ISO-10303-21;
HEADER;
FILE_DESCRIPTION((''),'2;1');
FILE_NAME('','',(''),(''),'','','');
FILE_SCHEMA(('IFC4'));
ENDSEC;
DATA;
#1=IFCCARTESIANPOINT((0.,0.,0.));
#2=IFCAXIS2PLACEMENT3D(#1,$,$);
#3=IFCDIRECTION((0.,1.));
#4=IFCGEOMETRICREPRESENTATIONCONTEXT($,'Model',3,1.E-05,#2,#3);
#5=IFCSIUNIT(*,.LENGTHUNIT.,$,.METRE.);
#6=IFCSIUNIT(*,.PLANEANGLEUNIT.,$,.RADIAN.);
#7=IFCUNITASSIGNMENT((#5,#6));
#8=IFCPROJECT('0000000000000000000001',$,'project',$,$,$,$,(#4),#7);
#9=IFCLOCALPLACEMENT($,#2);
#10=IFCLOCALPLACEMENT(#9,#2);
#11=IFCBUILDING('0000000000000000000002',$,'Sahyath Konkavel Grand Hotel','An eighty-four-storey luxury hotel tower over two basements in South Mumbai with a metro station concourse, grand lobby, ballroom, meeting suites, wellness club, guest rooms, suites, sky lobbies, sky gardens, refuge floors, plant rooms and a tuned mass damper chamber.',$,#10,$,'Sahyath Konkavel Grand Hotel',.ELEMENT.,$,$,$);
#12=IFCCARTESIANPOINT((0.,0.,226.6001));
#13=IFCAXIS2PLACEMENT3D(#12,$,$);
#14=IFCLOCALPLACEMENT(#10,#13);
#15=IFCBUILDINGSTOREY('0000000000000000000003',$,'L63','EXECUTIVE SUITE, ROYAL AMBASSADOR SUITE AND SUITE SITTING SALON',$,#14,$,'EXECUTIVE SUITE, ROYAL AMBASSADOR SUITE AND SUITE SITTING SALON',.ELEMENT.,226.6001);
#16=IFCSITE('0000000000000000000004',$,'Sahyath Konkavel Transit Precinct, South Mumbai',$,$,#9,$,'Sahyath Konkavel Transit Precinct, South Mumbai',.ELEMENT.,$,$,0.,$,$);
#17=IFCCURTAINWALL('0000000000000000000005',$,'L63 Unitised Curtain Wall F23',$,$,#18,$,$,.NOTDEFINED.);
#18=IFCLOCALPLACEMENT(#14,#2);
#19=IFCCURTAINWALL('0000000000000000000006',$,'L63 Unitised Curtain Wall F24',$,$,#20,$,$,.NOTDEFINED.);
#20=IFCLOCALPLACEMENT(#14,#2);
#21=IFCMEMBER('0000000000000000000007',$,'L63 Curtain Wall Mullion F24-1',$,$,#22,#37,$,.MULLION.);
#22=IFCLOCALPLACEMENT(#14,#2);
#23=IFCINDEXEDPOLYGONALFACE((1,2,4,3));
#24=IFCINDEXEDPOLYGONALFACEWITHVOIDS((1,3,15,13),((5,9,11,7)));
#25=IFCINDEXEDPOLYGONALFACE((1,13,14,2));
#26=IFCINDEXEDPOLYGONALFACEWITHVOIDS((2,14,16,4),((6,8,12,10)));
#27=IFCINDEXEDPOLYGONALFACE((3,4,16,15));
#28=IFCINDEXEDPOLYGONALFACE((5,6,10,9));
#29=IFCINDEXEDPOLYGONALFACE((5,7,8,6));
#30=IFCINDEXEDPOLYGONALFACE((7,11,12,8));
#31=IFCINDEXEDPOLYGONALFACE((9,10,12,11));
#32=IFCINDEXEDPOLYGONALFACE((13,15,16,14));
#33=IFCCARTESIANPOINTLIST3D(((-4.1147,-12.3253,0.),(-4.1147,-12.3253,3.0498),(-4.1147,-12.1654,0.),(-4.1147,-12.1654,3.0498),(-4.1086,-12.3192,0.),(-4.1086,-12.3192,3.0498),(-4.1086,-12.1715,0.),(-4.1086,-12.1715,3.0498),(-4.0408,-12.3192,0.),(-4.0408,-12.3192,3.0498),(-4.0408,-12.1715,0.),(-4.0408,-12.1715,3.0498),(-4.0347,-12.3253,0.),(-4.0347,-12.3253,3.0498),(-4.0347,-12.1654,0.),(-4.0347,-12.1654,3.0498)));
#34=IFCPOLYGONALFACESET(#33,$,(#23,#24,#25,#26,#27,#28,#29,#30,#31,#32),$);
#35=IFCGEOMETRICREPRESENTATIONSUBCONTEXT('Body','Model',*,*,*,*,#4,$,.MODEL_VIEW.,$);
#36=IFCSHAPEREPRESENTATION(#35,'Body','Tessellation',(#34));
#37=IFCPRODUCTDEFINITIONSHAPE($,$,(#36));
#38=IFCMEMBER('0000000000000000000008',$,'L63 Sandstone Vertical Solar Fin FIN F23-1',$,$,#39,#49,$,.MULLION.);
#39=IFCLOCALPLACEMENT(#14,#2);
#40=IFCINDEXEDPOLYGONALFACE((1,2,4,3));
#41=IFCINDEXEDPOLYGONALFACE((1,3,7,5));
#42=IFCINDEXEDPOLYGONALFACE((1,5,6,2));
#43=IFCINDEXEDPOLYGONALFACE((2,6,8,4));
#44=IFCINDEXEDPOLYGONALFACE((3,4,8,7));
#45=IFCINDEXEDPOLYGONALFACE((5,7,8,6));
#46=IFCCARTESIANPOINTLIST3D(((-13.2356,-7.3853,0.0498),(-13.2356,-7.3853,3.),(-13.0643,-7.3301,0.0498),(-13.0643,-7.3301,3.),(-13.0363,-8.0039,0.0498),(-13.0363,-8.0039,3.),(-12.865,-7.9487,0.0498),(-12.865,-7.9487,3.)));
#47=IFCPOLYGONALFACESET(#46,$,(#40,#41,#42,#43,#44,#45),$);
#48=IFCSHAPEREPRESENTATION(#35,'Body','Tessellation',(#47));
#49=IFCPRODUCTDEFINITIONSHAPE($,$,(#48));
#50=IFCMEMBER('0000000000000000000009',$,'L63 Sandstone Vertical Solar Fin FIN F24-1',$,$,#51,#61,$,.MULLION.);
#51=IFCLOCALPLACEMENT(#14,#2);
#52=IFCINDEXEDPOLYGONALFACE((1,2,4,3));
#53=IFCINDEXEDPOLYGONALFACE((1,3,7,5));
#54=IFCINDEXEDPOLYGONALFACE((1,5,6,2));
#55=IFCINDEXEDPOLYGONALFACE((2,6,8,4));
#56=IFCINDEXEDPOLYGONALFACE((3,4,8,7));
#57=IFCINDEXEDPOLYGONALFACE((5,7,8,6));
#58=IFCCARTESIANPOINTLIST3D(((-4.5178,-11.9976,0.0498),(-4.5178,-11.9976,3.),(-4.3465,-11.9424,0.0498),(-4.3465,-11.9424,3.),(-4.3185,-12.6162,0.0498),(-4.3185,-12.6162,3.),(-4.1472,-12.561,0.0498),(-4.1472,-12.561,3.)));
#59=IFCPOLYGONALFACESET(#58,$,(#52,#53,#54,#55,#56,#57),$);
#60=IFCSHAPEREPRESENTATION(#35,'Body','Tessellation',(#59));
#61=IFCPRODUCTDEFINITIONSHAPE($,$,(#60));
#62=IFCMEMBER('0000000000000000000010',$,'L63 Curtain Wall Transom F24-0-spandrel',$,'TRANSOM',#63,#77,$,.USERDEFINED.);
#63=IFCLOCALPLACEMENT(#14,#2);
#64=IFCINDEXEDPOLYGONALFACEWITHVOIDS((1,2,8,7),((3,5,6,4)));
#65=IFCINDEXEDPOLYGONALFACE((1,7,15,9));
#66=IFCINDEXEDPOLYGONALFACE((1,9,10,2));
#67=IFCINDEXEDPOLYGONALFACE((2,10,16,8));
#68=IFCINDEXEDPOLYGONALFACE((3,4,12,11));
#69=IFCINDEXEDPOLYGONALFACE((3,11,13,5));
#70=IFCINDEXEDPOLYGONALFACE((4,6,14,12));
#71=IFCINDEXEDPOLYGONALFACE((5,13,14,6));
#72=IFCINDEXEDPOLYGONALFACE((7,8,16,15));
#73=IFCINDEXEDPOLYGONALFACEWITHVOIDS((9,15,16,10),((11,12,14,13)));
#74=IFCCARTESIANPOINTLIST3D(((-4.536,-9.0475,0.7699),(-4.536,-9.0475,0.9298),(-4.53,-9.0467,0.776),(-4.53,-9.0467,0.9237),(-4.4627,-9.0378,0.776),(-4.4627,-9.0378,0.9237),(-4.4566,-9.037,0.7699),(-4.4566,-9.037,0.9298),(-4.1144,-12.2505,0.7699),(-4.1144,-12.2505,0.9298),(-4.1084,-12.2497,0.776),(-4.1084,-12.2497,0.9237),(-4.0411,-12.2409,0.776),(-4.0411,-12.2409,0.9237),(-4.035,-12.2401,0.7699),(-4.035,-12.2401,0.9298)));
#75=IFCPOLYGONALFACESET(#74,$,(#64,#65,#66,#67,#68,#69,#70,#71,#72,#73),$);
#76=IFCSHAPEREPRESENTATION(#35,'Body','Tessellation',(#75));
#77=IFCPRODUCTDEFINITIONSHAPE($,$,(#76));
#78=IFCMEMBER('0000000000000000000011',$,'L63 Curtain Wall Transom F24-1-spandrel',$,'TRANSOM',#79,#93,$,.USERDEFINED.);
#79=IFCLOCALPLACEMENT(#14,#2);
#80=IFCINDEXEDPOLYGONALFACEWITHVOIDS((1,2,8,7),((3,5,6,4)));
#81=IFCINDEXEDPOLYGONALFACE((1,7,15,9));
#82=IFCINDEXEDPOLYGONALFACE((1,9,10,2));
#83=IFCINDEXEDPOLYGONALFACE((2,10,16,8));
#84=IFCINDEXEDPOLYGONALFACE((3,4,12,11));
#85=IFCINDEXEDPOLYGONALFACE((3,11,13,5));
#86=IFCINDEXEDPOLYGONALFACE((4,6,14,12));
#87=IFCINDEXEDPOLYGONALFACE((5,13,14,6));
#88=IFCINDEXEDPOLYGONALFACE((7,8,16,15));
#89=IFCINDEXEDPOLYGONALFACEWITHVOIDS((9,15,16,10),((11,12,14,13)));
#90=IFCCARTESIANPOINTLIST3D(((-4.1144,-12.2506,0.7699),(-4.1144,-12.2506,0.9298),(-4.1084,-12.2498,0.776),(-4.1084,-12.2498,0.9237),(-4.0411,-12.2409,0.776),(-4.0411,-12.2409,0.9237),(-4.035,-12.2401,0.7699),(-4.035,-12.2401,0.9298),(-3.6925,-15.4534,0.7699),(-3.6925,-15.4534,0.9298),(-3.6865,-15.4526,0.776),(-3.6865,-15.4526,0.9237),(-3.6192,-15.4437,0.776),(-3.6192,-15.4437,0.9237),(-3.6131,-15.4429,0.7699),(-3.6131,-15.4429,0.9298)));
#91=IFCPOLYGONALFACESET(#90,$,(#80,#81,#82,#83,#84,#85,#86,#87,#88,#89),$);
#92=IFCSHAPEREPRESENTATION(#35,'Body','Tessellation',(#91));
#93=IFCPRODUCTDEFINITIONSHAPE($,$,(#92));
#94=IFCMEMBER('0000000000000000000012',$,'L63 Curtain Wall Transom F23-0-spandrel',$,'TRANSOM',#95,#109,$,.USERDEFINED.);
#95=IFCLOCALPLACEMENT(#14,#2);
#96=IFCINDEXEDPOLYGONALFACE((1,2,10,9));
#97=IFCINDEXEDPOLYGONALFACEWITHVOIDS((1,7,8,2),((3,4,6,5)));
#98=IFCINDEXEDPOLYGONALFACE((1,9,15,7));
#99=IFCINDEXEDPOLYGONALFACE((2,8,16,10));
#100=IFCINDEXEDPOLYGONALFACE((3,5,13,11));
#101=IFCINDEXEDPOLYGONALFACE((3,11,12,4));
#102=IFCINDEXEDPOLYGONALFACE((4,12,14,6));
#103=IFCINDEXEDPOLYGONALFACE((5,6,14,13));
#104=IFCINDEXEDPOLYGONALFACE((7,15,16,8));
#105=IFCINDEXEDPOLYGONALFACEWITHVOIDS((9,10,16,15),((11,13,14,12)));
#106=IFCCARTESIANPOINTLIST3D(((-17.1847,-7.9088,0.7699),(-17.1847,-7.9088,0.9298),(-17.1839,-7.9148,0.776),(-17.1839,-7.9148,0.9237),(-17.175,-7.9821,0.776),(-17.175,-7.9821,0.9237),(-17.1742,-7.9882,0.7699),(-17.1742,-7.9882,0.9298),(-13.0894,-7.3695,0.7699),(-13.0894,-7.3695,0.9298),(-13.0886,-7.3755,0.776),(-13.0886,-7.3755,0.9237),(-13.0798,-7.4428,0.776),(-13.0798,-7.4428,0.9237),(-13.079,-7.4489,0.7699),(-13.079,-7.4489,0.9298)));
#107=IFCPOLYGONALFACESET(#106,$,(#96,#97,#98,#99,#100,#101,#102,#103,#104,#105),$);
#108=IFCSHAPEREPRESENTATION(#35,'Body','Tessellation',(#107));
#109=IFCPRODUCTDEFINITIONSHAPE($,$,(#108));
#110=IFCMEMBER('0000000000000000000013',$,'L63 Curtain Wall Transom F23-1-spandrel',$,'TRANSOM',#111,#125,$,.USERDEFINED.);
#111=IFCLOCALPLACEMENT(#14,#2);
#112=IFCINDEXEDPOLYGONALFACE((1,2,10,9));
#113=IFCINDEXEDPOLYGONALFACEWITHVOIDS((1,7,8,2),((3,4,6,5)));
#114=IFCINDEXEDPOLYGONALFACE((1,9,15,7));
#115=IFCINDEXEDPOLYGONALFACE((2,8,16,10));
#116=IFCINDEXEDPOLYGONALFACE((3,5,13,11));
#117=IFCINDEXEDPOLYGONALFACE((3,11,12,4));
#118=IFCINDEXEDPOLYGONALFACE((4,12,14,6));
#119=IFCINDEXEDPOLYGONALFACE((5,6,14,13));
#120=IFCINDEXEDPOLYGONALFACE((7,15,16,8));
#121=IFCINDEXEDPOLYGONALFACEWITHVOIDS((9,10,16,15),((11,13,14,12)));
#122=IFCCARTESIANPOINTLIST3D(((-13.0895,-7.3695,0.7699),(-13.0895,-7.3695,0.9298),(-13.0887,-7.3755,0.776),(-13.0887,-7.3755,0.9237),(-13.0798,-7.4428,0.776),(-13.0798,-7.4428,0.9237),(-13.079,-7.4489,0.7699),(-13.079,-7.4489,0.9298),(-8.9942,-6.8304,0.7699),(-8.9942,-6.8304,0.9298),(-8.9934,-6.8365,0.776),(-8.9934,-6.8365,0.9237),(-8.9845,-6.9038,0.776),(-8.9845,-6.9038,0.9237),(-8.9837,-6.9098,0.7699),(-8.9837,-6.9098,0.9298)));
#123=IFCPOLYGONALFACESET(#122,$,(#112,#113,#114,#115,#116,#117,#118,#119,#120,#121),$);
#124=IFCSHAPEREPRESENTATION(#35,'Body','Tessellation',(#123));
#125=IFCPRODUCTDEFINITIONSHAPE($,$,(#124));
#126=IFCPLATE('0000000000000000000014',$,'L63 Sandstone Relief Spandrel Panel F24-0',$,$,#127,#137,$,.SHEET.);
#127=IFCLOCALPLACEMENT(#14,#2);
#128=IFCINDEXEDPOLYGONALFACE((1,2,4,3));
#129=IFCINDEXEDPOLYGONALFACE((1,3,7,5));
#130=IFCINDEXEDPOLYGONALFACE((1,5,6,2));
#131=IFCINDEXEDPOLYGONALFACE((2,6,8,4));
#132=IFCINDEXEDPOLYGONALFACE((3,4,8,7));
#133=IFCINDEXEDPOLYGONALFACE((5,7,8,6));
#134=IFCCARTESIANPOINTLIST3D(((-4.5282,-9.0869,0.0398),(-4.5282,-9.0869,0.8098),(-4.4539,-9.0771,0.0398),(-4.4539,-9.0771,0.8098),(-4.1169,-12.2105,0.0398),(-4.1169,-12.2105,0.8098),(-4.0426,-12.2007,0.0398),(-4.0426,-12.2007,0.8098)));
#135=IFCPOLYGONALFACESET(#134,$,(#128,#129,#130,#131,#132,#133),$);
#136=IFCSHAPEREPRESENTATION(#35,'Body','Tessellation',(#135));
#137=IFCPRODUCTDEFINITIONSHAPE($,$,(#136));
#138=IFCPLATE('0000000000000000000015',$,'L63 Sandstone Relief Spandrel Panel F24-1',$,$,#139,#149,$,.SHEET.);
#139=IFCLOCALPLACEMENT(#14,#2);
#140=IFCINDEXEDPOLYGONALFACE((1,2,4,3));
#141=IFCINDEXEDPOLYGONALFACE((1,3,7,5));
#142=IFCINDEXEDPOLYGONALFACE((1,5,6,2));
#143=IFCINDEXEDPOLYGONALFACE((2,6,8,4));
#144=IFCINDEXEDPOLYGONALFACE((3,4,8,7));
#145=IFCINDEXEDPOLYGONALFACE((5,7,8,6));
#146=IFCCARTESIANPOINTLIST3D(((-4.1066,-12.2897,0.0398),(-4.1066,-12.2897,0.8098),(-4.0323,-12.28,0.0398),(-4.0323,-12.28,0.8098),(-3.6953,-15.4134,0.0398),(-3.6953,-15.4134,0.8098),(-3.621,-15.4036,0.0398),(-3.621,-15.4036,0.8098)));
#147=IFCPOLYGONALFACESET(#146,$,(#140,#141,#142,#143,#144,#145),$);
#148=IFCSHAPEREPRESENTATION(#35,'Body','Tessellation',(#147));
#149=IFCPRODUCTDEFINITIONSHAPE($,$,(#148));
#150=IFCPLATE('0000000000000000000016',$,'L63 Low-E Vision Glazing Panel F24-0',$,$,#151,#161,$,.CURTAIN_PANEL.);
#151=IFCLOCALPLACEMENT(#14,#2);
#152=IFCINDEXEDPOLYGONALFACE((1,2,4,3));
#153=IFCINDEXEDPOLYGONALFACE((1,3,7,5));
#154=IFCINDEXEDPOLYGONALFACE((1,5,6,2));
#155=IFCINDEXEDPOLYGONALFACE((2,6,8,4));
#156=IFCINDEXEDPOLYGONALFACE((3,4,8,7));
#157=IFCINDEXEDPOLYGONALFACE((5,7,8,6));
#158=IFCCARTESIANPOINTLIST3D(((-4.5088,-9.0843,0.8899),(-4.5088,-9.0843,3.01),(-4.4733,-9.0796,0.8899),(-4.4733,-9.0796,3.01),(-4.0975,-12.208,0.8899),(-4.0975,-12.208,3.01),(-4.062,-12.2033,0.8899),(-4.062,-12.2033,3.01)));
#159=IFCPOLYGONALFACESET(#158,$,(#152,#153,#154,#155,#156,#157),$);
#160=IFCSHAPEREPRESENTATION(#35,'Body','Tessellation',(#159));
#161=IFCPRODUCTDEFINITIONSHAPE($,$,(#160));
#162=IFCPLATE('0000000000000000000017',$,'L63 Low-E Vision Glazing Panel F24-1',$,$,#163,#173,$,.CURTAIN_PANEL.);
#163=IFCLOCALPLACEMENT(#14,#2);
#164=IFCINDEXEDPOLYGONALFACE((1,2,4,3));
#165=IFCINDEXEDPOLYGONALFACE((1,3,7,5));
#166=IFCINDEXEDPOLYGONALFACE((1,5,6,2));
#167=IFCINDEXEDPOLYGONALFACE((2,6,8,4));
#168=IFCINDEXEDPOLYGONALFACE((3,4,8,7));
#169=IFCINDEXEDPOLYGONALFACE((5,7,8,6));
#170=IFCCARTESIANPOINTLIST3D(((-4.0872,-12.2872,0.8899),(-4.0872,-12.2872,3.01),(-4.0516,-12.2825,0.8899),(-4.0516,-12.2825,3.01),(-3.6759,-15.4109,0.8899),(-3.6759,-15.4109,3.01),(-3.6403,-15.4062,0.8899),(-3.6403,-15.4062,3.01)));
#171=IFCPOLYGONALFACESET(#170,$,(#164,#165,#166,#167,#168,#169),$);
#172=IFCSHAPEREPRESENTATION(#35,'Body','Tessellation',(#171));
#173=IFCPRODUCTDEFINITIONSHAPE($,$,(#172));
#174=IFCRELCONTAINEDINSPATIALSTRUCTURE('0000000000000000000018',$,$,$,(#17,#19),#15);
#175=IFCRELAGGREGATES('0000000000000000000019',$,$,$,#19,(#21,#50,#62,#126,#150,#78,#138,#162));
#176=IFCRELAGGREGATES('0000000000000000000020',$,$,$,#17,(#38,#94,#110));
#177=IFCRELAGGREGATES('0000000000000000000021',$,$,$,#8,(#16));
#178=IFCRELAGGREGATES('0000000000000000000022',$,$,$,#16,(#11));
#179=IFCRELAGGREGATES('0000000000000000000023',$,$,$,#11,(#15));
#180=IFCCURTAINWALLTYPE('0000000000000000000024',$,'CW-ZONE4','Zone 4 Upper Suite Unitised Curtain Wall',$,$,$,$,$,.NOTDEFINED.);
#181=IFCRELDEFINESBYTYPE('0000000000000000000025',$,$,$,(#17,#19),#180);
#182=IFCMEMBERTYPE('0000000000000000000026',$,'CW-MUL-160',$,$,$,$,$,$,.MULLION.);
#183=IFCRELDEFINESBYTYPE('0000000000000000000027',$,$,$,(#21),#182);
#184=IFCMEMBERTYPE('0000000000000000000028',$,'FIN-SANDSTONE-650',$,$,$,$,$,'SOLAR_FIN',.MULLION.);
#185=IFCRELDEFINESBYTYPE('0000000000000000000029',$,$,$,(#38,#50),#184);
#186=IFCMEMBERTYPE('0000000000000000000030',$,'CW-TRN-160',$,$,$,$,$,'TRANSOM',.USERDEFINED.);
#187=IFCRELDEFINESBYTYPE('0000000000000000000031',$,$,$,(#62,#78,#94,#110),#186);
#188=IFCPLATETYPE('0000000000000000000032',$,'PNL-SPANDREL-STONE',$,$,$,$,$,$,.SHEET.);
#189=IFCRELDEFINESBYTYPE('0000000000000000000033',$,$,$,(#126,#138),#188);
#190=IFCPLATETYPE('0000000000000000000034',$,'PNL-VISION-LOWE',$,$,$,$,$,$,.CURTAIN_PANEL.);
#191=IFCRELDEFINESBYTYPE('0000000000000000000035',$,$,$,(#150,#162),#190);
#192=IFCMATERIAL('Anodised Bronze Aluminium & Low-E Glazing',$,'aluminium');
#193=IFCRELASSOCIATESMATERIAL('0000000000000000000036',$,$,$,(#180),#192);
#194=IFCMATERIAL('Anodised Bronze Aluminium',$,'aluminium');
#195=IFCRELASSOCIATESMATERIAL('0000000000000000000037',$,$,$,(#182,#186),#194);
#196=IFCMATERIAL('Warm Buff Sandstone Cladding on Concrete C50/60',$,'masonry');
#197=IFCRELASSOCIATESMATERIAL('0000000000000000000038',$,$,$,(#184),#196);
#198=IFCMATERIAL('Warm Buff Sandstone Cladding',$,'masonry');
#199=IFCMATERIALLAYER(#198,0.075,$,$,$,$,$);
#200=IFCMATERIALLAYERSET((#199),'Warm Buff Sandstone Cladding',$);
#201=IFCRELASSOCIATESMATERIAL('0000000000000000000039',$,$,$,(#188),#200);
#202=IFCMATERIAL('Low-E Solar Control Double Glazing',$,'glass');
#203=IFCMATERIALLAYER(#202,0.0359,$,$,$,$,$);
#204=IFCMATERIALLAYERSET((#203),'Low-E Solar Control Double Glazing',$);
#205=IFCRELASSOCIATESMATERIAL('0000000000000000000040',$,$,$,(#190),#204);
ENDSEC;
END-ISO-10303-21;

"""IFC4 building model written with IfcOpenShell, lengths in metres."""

from ifc_helpers import new_model, si_unit, direction, frame, origin, origin_2d, place, context, subcontext, project, spatial, rectangle, hollow_rectangle, extrude, source, transform, mapped, material, layer, layer_set, material_profile, profile_set, type_object, element, aggregate, save


model = new_model("IFC4")

# Units and contexts
model_context = context("Model", 3, precision=1e-05, world=origin(), true_north=direction((0.0, 1.0)))
body_context = subcontext(model_context, "Body", "Model", "MODEL_VIEW")
ifc_project = project(units=[si_unit("LENGTHUNIT", "METRE"), si_unit("PLANEANGLEUNIT", "RADIAN")], contexts=[model_context])

# Site, building, storey
site_placement = place(None, origin())
site = spatial("IfcSite", under=ifc_project, at=site_placement, Name="Sahyath Konkavel Transit Precinct, South Mumbai", LongName="Sahyath Konkavel Transit Precinct, South Mumbai", CompositionType="ELEMENT", RefElevation=0.0)
building_placement = place(site_placement, origin())
building = spatial("IfcBuilding", under=site, at=building_placement, Name="Sahyath Konkavel Grand Hotel", Description="An eighty-four-storey luxury hotel tower over two basements in South Mumbai with a metro station concourse, grand lobby, ballroom, meeting suites, wellness club, guest rooms, suites, sky lobbies, sky gardens, refuge floors, plant rooms and a tuned mass damper chamber.", LongName="Sahyath Konkavel Grand Hotel", CompositionType="ELEMENT")
storey_placement = place(building_placement, frame((0.0, 0.0, 226.6001)))
storey = spatial("IfcBuildingStorey", under=building, at=storey_placement, Name="L63", Description="EXECUTIVE SUITE, ROYAL AMBASSADOR SUITE AND SUITE SITTING SALON", LongName="EXECUTIVE SUITE, ROYAL AMBASSADOR SUITE AND SUITE SITTING SALON", CompositionType="ELEMENT", Elevation=226.6001)

# Shared definitions
ifc_material_1 = material(Name="Anodised Bronze Aluminium & Low-E Glazing", Category="aluminium")
curtain_wall_type = type_object("IfcCurtainWallType", Name="CW-ZONE4", Description="Zone 4 Upper Suite Unitised Curtain Wall", PredefinedType="NOTDEFINED", material=ifc_material_1)
ifc_material_2 = material(Name="Anodised Bronze Aluminium", Category="aluminium")
ifc_material_profile_1 = material_profile(ifc_material_2, hollow_rectangle(XDim=0.0801, YDim=0.1599, WallThickness=0.0061, at=origin_2d()), Name="RHS 160x80x6")
ifc_profile_set_1 = profile_set([ifc_material_profile_1], Name="Anodised Bronze Aluminium")
member_type_1 = type_object("IfcMemberType", Name="CW-MUL-160", PredefinedType="MULLION", material=ifc_profile_set_1)
shared_shape_1 = source(origin(), body_context, "Body", "SweptSolid", [
    extrude(hollow_rectangle(XDim=0.0801, YDim=0.1599, WallThickness=0.0061, at=origin_2d()), origin(), (0.0, 0.0, 1.0), 3.0498),
])

# Curtain walls, member
curtain_wall_1_placement = place(storey_placement, origin())
curtain_wall_1 = element("IfcCurtainWall", 1, at=curtain_wall_1_placement, inside=storey, type_object=curtain_wall_type, Name="L63 Unitised Curtain Wall F23", PredefinedType="NOTDEFINED")
curtain_wall_2_placement = place(storey_placement, origin())
curtain_wall_2 = element("IfcCurtainWall", 2, at=curtain_wall_2_placement, inside=storey, type_object=curtain_wall_type, Name="L63 Unitised Curtain Wall F24", PredefinedType="NOTDEFINED")
member_1_placement = place(storey_placement, frame((-4.0747, -12.2454, 0.0), z_axis=(0.0, 0.0, 1.0), x_axis=(1.0, 0.0, 0.0)))
member_1 = element("IfcMember", 3, at=member_1_placement, type_object=member_type_1, Name="L63 Curtain Wall Mullion F24-1", PredefinedType="MULLION", context=body_context, shape_type="MappedRepresentation", body=[
    mapped(shared_shape_1, transform((0.0, 0.0, 0.0), scale=1.0)),
])

# Members
ifc_material_3 = material(Name="Warm Buff Sandstone Cladding on Concrete C50/60", Category="masonry")
ifc_material_profile_2 = material_profile(ifc_material_3, rectangle(XDim=0.1799, YDim=0.6499, at=origin_2d()), Name="FIN 180x650")
ifc_profile_set_2 = profile_set([ifc_material_profile_2], Name="Warm Buff Sandstone Cladding on Concrete C50/60")
member_type_2 = type_object("IfcMemberType", Name="FIN-SANDSTONE-650", ElementType="SOLAR_FIN", PredefinedType="MULLION", material=ifc_profile_set_2)
shared_shape_2 = source(origin(), body_context, "Body", "SweptSolid", [
    extrude(rectangle(XDim=0.1799, YDim=0.6499, at=origin_2d()), origin(), (0.0, 0.0, 1.0), 2.9502),
])
member_2_placement = place(storey_placement, frame((-13.0503, -7.667, 0.0498), z_axis=(0.0, 0.0, 1.0), x_axis=(0.951809, 0.306692, 0.0)))
member_2 = element("IfcMember", 4, at=member_2_placement, type_object=member_type_2, Name="L63 Sandstone Vertical Solar Fin FIN F23-1", PredefinedType="MULLION", context=body_context, shape_type="MappedRepresentation", body=[
    mapped(shared_shape_2, transform((0.0, 0.0, 0.0), scale=1.0)),
])
member_3_placement = place(storey_placement, frame((-4.3325, -12.2793, 0.0498), z_axis=(0.0, 0.0, 1.0), x_axis=(0.951809, 0.306692, 0.0)))
member_3 = element("IfcMember", 5, at=member_3_placement, type_object=member_type_2, Name="L63 Sandstone Vertical Solar Fin FIN F24-1", PredefinedType="MULLION", context=body_context, shape_type="MappedRepresentation", body=[
    mapped(shared_shape_2, transform((0.0, 0.0, 0.0), scale=1.0)),
])
ifc_material_profile_3 = material_profile(ifc_material_2, hollow_rectangle(XDim=0.0801, YDim=0.1599, WallThickness=0.0061, at=origin_2d()), Name="RHS 160x80x6")
ifc_profile_set_3 = profile_set([ifc_material_profile_3], Name="Anodised Bronze Aluminium")
member_type_3 = type_object("IfcMemberType", Name="CW-TRN-160", ElementType="TRANSOM", PredefinedType="USERDEFINED", material=ifc_profile_set_3)
shared_shape_3 = source(origin(), body_context, "Body", "SweptSolid", [
    extrude(hollow_rectangle(XDim=0.0801, YDim=0.1599, WallThickness=0.0061, at=origin_2d()), origin(), (0.0, 0.0, 1.0), 3.2307),
])
member_4_placement = place(storey_placement, frame((-4.4963, -9.0422, 0.8499), z_axis=(0.130505, -0.991448, 0.0), x_axis=(0.991448, 0.130505, 0.0)))
member_4 = element("IfcMember", 6, at=member_4_placement, type_object=member_type_3, Name="L63 Curtain Wall Transom F24-0-spandrel", ObjectType="TRANSOM", PredefinedType="USERDEFINED", context=body_context, shape_type="MappedRepresentation", body=[
    mapped(shared_shape_3, transform((0.0, 0.0, 0.0), scale=1.0)),
])
shared_shape_4 = source(origin(), body_context, "Body", "SweptSolid", [
    extrude(hollow_rectangle(XDim=0.0801, YDim=0.1599, WallThickness=0.0061, at=origin_2d()), origin(), (0.0, 0.0, 1.0), 3.2305),
])
member_5_placement = place(storey_placement, frame((-4.0747, -12.2454, 0.8499), z_axis=(0.130589, -0.991437, 0.0), x_axis=(0.991437, 0.130589, 0.0)))
member_5 = element("IfcMember", 7, at=member_5_placement, type_object=member_type_3, Name="L63 Curtain Wall Transom F24-1-spandrel", ObjectType="TRANSOM", PredefinedType="USERDEFINED", context=body_context, shape_type="MappedRepresentation", body=[
    mapped(shared_shape_4, transform((0.0, 0.0, 0.0), scale=1.0)),
])
shared_shape_5 = source(origin(), body_context, "Body", "SweptSolid", [
    extrude(hollow_rectangle(XDim=0.0801, YDim=0.1599, WallThickness=0.0061, at=origin_2d()), origin(), (0.0, 0.0, 1.0), 4.1306),
])
member_6_placement = place(storey_placement, frame((-17.1794, -7.9485, 0.8499), z_axis=(0.99144, 0.130565, 0.0), x_axis=(-0.130565, 0.99144, 0.0)))
member_6 = element("IfcMember", 8, at=member_6_placement, type_object=member_type_3, Name="L63 Curtain Wall Transom F23-0-spandrel", ObjectType="TRANSOM", PredefinedType="USERDEFINED", context=body_context, shape_type="MappedRepresentation", body=[
    mapped(shared_shape_5, transform((0.0, 0.0, 0.0), scale=1.0)),
])
member_7_placement = place(storey_placement, frame((-13.0842, -7.4092, 0.8499), z_axis=(0.991447, 0.130506, 0.0), x_axis=(-0.130506, 0.991447, 0.0)))
member_7 = element("IfcMember", 9, at=member_7_placement, type_object=member_type_3, Name="L63 Curtain Wall Transom F23-1-spandrel", ObjectType="TRANSOM", PredefinedType="USERDEFINED", context=body_context, shape_type="MappedRepresentation", body=[
    mapped(shared_shape_5, transform((0.0, 0.0, 0.0), scale=1.0)),
])

# Plates
ifc_material_4 = material(Name="Warm Buff Sandstone Cladding", Category="masonry")
ifc_layer_1 = layer(ifc_material_4, 0.075)
ifc_layer_set_1 = layer_set([ifc_layer_1], Name="Warm Buff Sandstone Cladding")
plate_type_1 = type_object("IfcPlateType", Name="PNL-SPANDREL-STONE", PredefinedType="SHEET", material=ifc_layer_set_1)
shared_shape_6 = source(origin(), body_context, "Body", "SweptSolid", [
    extrude(rectangle(XDim=3.1506, YDim=0.075, at=origin_2d()), origin(), (0.0, 0.0, 1.0), 0.77),
])
plate_1_placement = place(storey_placement, frame((-4.2854, -10.6438, 0.0398), z_axis=(0.0, 0.0, 1.0), x_axis=(0.130543, -0.991443, 0.0)))
plate_1 = element("IfcPlate", 10, at=plate_1_placement, type_object=plate_type_1, Name="L63 Sandstone Relief Spandrel Panel F24-0", PredefinedType="SHEET", context=body_context, shape_type="MappedRepresentation", body=[
    mapped(shared_shape_6, transform((0.0, 0.0, 0.0), scale=1.0)),
])
plate_2_placement = place(storey_placement, frame((-3.8638, -13.8467, 0.0398), z_axis=(0.0, 0.0, 1.0), x_axis=(0.130543, -0.991443, 0.0)))
plate_2 = element("IfcPlate", 11, at=plate_2_placement, type_object=plate_type_1, Name="L63 Sandstone Relief Spandrel Panel F24-1", PredefinedType="SHEET", context=body_context, shape_type="MappedRepresentation", body=[
    mapped(shared_shape_6, transform((0.0, 0.0, 0.0), scale=1.0)),
])
ifc_material_5 = material(Name="Low-E Solar Control Double Glazing", Category="glass")
ifc_layer_2 = layer(ifc_material_5, 0.0359)
ifc_layer_set_2 = layer_set([ifc_layer_2], Name="Low-E Solar Control Double Glazing")
plate_type_2 = type_object("IfcPlateType", Name="PNL-VISION-LOWE", PredefinedType="CURTAIN_PANEL", material=ifc_layer_set_2)
shared_shape_7 = source(origin(), body_context, "Body", "SweptSolid", [
    extrude(rectangle(XDim=3.1506, YDim=0.0359, at=origin_2d()), origin(), (0.0, 0.0, 1.0), 2.1201),
])
plate_3_placement = place(storey_placement, frame((-4.2854, -10.6438, 0.8899), z_axis=(0.0, 0.0, 1.0), x_axis=(0.130543, -0.991443, 0.0)))
plate_3 = element("IfcPlate", 12, at=plate_3_placement, type_object=plate_type_2, Name="L63 Low-E Vision Glazing Panel F24-0", PredefinedType="CURTAIN_PANEL", context=body_context, shape_type="MappedRepresentation", body=[
    mapped(shared_shape_7, transform((0.0, 0.0, 0.0), scale=1.0)),
])
plate_4_placement = place(storey_placement, frame((-3.8638, -13.8467, 0.8899), z_axis=(0.0, 0.0, 1.0), x_axis=(0.130543, -0.991443, 0.0)))
plate_4 = element("IfcPlate", 13, at=plate_4_placement, type_object=plate_type_2, Name="L63 Low-E Vision Glazing Panel F24-1", PredefinedType="CURTAIN_PANEL", context=body_context, shape_type="MappedRepresentation", body=[
    mapped(shared_shape_7, transform((0.0, 0.0, 0.0), scale=1.0)),
])
aggregate(curtain_wall_2, [member_1, member_3, member_4, plate_1, plate_3, member_5, plate_2, plate_4])
aggregate(curtain_wall_1, [member_2, member_6, member_7])

save(model, "model.ifc")
